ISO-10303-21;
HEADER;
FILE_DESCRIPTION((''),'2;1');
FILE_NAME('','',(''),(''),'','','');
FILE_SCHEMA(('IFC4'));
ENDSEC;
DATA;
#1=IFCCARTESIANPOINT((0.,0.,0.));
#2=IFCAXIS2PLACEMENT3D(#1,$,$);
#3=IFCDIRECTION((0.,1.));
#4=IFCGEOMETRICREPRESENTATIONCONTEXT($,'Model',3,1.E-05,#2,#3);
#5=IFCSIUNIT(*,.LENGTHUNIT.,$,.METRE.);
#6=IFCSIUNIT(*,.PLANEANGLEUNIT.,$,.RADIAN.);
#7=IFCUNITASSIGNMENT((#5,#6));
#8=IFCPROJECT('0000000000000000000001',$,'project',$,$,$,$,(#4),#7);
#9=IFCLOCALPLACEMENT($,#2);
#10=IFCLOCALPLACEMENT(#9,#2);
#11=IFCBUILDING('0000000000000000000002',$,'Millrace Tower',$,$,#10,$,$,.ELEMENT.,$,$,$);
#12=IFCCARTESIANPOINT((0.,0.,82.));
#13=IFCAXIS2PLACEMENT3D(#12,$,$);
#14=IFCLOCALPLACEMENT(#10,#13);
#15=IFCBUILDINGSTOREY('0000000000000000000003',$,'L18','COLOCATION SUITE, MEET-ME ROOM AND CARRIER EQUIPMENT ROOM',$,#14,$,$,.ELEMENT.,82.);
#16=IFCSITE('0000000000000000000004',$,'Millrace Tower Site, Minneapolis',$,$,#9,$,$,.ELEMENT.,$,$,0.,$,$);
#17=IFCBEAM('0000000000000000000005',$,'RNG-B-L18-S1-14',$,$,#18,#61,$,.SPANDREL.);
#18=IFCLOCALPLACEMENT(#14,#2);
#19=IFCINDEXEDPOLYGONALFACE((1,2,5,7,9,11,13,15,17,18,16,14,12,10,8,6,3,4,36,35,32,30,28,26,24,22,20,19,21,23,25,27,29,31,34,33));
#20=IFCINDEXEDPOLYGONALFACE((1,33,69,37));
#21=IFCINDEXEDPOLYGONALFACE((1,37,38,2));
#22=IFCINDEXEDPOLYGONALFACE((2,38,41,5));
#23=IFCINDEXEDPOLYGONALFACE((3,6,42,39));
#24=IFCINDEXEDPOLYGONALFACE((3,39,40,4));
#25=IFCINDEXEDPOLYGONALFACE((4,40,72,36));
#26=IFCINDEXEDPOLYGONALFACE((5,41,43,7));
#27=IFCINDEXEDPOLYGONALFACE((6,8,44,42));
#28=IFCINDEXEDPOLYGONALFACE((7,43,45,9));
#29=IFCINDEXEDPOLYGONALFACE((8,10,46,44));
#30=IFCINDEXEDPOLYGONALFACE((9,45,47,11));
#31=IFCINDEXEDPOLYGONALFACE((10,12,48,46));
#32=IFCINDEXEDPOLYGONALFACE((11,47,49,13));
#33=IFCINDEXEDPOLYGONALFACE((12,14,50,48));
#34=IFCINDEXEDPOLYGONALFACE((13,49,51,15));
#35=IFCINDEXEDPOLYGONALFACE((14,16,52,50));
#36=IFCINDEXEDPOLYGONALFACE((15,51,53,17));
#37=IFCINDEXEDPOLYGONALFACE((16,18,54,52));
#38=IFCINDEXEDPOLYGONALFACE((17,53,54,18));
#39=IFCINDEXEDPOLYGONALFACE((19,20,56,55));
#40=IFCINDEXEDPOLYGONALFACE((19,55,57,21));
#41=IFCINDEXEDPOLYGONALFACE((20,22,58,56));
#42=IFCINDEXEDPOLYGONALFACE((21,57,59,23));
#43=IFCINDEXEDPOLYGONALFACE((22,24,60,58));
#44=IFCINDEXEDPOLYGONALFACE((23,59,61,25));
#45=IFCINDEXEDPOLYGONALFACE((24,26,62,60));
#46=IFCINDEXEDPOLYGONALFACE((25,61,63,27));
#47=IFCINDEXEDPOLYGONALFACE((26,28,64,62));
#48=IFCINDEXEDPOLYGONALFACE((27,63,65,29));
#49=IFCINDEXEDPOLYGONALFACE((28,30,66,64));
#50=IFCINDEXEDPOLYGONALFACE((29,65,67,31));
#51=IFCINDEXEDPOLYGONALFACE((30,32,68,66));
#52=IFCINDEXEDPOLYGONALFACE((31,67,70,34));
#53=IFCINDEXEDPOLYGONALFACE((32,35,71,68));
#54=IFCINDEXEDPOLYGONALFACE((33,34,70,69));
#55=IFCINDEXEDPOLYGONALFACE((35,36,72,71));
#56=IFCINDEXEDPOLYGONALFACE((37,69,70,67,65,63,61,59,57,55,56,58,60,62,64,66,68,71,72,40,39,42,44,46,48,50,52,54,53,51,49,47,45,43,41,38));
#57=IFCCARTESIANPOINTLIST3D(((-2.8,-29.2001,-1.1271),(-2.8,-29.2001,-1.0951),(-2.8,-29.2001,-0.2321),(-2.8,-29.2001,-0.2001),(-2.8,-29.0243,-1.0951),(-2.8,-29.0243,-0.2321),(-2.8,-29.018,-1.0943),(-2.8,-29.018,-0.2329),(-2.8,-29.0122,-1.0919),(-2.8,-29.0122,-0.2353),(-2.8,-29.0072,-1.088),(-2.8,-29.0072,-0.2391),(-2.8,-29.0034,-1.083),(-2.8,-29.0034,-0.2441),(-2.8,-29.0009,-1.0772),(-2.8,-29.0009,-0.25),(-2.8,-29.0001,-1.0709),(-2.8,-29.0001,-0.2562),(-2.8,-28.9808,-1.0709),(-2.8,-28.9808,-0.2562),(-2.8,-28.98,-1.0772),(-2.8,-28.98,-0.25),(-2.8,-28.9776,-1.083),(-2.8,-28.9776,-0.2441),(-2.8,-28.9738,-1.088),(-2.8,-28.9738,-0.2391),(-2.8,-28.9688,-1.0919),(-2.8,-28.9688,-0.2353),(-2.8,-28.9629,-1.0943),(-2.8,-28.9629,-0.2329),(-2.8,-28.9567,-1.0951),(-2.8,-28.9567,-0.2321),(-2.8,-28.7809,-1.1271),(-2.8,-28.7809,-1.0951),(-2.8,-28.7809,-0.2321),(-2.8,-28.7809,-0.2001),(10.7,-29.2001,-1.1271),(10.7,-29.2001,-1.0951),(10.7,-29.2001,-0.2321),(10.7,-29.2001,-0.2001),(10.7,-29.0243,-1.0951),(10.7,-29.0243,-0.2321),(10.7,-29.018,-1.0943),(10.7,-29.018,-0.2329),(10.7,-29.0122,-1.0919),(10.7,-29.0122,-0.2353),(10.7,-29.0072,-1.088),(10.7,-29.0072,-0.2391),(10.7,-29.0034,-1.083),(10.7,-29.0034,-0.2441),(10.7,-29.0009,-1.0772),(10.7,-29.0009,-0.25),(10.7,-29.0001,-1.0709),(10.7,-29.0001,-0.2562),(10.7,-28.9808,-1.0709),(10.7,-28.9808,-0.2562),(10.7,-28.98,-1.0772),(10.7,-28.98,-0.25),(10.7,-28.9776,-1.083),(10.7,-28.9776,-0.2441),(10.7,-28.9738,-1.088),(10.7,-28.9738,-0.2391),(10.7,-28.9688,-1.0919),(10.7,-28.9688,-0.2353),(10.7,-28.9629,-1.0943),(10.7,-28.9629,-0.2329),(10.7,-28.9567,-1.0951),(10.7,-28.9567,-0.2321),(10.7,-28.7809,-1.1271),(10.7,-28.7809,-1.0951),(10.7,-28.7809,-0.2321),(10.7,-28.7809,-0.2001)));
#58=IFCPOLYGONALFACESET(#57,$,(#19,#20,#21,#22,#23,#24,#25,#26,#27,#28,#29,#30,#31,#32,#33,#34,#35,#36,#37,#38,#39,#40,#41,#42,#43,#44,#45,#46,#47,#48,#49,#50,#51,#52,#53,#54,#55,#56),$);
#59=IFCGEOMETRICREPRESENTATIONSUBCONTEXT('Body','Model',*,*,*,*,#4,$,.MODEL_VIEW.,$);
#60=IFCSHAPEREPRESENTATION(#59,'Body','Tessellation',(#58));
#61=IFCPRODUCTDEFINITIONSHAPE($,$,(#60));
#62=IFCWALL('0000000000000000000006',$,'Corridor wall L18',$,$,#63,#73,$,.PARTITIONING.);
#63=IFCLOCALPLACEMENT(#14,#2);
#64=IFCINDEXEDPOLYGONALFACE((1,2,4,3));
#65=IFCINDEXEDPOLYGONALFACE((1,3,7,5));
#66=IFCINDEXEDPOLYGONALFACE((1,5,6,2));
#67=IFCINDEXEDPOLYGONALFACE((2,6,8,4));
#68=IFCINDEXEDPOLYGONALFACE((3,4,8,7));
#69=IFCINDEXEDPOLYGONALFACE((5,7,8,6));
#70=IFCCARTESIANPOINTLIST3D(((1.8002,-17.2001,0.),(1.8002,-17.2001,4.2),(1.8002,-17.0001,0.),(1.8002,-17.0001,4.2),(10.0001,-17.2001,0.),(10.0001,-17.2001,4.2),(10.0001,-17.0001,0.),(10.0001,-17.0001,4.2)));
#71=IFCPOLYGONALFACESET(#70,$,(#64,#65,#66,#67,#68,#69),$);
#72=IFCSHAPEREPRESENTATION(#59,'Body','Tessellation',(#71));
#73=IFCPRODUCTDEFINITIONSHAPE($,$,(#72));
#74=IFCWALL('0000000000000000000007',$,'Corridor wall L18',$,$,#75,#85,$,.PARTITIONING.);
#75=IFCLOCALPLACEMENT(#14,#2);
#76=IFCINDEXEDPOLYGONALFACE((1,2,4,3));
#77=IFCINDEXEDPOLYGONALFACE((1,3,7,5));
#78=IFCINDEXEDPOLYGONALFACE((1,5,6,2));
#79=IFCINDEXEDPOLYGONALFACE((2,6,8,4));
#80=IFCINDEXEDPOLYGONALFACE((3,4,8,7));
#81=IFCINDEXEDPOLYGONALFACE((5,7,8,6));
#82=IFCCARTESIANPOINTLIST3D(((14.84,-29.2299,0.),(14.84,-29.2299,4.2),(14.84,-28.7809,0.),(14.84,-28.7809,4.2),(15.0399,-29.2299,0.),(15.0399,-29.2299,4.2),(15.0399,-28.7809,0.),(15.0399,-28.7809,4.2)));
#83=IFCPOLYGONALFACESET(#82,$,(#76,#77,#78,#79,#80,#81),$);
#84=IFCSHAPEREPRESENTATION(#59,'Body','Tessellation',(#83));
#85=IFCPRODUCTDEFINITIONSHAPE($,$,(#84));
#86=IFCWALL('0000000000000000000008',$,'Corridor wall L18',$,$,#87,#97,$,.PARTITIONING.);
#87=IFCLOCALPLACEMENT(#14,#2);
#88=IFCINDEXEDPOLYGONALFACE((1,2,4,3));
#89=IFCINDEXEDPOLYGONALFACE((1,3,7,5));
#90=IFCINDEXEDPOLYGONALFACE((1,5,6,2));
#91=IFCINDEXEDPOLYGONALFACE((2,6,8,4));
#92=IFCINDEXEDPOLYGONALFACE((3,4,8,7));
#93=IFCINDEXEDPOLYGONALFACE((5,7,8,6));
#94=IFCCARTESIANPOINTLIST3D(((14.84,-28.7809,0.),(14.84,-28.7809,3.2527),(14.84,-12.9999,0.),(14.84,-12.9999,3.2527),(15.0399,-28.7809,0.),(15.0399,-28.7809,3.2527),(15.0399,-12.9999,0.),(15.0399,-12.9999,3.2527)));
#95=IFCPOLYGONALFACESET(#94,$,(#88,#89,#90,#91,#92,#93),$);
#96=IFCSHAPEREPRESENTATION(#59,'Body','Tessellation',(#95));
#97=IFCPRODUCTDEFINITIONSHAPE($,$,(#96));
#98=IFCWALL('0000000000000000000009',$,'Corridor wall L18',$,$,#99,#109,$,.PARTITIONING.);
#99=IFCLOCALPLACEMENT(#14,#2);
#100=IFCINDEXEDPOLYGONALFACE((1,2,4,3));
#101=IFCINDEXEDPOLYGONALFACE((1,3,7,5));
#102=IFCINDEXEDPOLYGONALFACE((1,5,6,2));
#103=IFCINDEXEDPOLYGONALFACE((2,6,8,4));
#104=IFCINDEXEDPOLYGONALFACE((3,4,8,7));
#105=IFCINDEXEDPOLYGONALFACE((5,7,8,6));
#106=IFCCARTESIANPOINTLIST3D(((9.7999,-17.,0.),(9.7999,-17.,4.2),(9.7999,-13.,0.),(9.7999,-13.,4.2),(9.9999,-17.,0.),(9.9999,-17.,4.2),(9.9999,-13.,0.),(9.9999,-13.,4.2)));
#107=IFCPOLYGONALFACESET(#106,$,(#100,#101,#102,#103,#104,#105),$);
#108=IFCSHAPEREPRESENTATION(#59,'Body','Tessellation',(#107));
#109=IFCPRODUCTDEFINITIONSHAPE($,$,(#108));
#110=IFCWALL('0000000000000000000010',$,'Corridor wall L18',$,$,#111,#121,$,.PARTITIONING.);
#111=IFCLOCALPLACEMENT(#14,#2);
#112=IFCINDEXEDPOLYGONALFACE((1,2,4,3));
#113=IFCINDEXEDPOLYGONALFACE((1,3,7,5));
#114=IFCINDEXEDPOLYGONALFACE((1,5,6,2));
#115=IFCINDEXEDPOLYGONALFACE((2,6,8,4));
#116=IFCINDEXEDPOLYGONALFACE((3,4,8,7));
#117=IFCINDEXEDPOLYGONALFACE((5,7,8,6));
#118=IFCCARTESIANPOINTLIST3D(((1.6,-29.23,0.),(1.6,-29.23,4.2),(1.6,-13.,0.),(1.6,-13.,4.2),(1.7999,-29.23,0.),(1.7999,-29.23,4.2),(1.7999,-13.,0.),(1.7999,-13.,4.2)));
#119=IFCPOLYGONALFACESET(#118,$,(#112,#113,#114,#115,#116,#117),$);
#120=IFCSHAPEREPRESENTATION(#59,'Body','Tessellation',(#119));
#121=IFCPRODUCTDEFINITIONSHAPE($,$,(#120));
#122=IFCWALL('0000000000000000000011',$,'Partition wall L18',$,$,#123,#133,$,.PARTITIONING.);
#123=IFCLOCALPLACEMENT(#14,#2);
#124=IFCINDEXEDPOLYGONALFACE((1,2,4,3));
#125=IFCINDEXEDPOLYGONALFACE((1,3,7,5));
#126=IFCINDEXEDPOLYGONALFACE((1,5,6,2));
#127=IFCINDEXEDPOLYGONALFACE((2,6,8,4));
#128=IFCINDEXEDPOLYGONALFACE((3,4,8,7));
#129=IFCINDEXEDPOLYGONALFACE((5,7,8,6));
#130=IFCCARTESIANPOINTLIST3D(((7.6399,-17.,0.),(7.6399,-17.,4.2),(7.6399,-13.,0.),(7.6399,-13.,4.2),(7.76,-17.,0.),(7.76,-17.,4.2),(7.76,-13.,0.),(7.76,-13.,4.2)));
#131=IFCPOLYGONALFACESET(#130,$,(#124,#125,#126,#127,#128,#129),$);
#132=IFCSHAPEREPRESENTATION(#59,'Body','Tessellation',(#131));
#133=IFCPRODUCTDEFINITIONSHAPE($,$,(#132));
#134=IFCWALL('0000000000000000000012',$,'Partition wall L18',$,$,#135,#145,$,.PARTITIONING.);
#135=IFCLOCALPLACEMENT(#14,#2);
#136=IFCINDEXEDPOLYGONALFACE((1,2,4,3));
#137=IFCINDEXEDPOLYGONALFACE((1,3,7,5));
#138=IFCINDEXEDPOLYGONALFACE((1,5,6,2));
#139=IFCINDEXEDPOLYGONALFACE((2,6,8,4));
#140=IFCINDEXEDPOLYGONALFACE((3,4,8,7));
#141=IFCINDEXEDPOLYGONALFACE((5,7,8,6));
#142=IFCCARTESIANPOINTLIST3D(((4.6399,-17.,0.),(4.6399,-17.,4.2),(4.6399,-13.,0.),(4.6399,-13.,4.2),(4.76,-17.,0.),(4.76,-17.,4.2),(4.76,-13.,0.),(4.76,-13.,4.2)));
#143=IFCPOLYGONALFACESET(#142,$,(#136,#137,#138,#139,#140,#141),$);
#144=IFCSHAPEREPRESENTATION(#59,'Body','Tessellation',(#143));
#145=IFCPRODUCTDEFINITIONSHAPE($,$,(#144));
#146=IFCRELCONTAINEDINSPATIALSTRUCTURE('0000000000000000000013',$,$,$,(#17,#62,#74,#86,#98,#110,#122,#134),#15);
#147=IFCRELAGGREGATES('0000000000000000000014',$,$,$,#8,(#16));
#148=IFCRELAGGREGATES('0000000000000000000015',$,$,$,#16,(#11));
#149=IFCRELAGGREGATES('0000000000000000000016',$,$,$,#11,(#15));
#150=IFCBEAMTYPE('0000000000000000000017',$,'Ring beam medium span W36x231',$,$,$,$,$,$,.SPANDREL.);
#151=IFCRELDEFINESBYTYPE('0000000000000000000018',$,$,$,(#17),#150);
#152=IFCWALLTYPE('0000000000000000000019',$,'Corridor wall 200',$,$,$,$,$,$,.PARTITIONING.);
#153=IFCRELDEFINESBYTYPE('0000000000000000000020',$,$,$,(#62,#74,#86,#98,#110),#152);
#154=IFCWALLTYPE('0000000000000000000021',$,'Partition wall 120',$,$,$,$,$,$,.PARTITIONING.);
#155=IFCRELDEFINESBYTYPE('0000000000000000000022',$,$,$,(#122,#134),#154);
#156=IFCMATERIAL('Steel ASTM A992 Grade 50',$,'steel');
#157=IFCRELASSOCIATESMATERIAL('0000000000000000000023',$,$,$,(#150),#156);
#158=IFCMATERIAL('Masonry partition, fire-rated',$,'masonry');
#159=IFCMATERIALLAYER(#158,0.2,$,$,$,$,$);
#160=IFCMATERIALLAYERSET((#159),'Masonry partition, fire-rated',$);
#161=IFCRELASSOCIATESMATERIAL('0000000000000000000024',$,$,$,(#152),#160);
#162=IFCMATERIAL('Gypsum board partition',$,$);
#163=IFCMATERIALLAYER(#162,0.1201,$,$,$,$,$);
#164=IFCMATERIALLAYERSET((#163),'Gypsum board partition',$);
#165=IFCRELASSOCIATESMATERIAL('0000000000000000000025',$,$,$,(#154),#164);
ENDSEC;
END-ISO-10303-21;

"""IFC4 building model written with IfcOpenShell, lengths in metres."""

from ifc_helpers import new_model, si_unit, direction, frame, frame_2d, origin, origin_2d, place, context, subcontext, project, spatial, rectangle, i_section, extrude, material, layer, layer_set, material_profile, profile_set, type_object, element, save


model = new_model("IFC4")

# Units and contexts
model_context = context("Model", 3, precision=1e-05, world=origin(), true_north=direction((0.0, 1.0)))
body_context = subcontext(model_context, "Body", "Model", "MODEL_VIEW")
ifc_project = project(units=[si_unit("LENGTHUNIT", "METRE"), si_unit("PLANEANGLEUNIT", "RADIAN")], contexts=[model_context])

# Site, building, storey
site_placement = place(None, origin())
site = spatial("IfcSite", under=ifc_project, at=site_placement, Name="Millrace Tower Site, Minneapolis", CompositionType="ELEMENT", RefElevation=0.0)
building_placement = place(site_placement, origin())
building = spatial("IfcBuilding", under=site, at=building_placement, Name="Millrace Tower", CompositionType="ELEMENT")
storey_placement = place(building_placement, frame((0.0, 0.0, 82.0)))
storey = spatial("IfcBuildingStorey", under=building, at=storey_placement, Name="L18", Description="COLOCATION SUITE, MEET-ME ROOM AND CARRIER EQUIPMENT ROOM", CompositionType="ELEMENT", Elevation=82.0)

# Beam
ifc_material_1 = material(Name="Steel ASTM A992 Grade 50", Category="steel")
ifc_material_profile_1 = material_profile(ifc_material_1, i_section(OverallWidth=0.4192, OverallDepth=0.927, WebThickness=0.0193, FlangeThickness=0.032, FilletRadius=0.0242, at=origin_2d()))
ifc_profile_set_1 = profile_set([ifc_material_profile_1], Name="Steel ASTM A992 Grade 50")
beam_type_1 = type_object("IfcBeamType", Name="Ring beam medium span W36x231", PredefinedType="SPANDREL", material=ifc_profile_set_1)
beam_1_placement = place(storey_placement, frame((10.7, -28.9905, -0.6636), z_axis=(-1.0, 0.0, 0.0), x_axis=(0.0, -1.0, 0.0)))
element("IfcBeam", 1, at=beam_1_placement, inside=storey, type_object=beam_type_1, Name="RNG-B-L18-S1-14", PredefinedType="SPANDREL", context=body_context, shape_type="SweptSolid", body=[
    extrude(i_section(OverallWidth=0.4192, OverallDepth=0.927, WebThickness=0.0193, FlangeThickness=0.032, FilletRadius=0.0242, at=origin_2d()), origin(), (0.0, 0.0, 1.0), 13.5),
])

# Walls
ifc_material_2 = material(Name="Masonry partition, fire-rated", Category="masonry")
ifc_layer_1 = layer(ifc_material_2, 0.2)
ifc_layer_set_1 = layer_set([ifc_layer_1], Name="Masonry partition, fire-rated")
wall_type_1 = type_object("IfcWallType", Name="Corridor wall 200", PredefinedType="PARTITIONING", material=ifc_layer_set_1)
wall_1_placement = place(storey_placement, frame((1.8, -17.1001, 0.0), z_axis=(0.0, 0.0, 1.0), x_axis=(1.0, 0.0, 0.0)))
element("IfcWall", 2, at=wall_1_placement, inside=storey, type_object=wall_type_1, Name="Corridor wall L18", PredefinedType="PARTITIONING", context=body_context, shape_type="SweptSolid", body=[
    extrude(rectangle(XDim=8.2, YDim=0.2, at=frame_2d((4.1001, 0.0))), origin(), (0.0, 0.0, 1.0), 4.2),
])
wall_2_placement = place(storey_placement, frame((14.9399, -29.23, 0.0), z_axis=(0.0, 0.0, 1.0), x_axis=(0.0, 1.0, 0.0)))
element("IfcWall", 3, at=wall_2_placement, inside=storey, type_object=wall_type_1, Name="Corridor wall L18", PredefinedType="PARTITIONING", context=body_context, shape_type="SweptSolid", body=[
    extrude(rectangle(XDim=0.449, YDim=0.2, at=frame_2d((0.2246, 0.0))), origin(), (0.0, 0.0, 1.0), 4.2),
])
wall_3_placement = place(storey_placement, frame((14.9399, -28.781, 0.0), z_axis=(0.0, 0.0, 1.0), x_axis=(0.0, 1.0, 0.0)))
element("IfcWall", 4, at=wall_3_placement, inside=storey, type_object=wall_type_1, Name="Corridor wall L18", PredefinedType="PARTITIONING", context=body_context, shape_type="SweptSolid", body=[
    extrude(rectangle(XDim=15.781, YDim=0.2, at=frame_2d((7.8906, 0.0))), origin(), (0.0, 0.0, 1.0), 3.2527),
])
wall_4_placement = place(storey_placement, frame((9.8999, -17.0, 0.0), z_axis=(0.0, 0.0, 1.0), x_axis=(0.0, 1.0, 0.0)))
element("IfcWall", 5, at=wall_4_placement, inside=storey, type_object=wall_type_1, Name="Corridor wall L18", PredefinedType="PARTITIONING", context=body_context, shape_type="SweptSolid", body=[
    extrude(rectangle(XDim=4.0, YDim=0.2, at=frame_2d((2.0, 0.0))), origin(), (0.0, 0.0, 1.0), 4.2),
])
wall_5_placement = place(storey_placement, frame((1.7, -29.23, 0.0), z_axis=(0.0, 0.0, 1.0), x_axis=(0.0, 1.0, 0.0)))
element("IfcWall", 6, at=wall_5_placement, inside=storey, type_object=wall_type_1, Name="Corridor wall L18", PredefinedType="PARTITIONING", context=body_context, shape_type="SweptSolid", body=[
    extrude(rectangle(XDim=16.23, YDim=0.2, at=frame_2d((8.115, 0.0))), origin(), (0.0, 0.0, 1.0), 4.2),
])
ifc_material_3 = material(Name="Gypsum board partition")
ifc_layer_2 = layer(ifc_material_3, 0.1201)
ifc_layer_set_2 = layer_set([ifc_layer_2], Name="Gypsum board partition")
wall_type_2 = type_object("IfcWallType", Name="Partition wall 120", PredefinedType="PARTITIONING", material=ifc_layer_set_2)
for number, where, z_axis, x_axis, name in (
    (7, (7.7, -17.0, 0.0), (0.0, 0.0, 1.0), (0.0, 1.0, 0.0), "Partition wall L18"),
    (8, (4.7, -17.0, 0.0), (0.0, 0.0, 1.0), (0.0, 1.0, 0.0), "Partition wall L18"),
):
    element("IfcWall", number, at=place(storey_placement, frame(where, z_axis=z_axis, x_axis=x_axis)), inside=storey, type_object=wall_type_2, Name=name, PredefinedType="PARTITIONING", context=body_context, shape_type="SweptSolid", body=[
        extrude(rectangle(XDim=4.0, YDim=0.1201, at=frame_2d((2.0, 0.0))), origin(), (0.0, 0.0, 1.0), 4.2),
    ])

save(model, "model.ifc")
